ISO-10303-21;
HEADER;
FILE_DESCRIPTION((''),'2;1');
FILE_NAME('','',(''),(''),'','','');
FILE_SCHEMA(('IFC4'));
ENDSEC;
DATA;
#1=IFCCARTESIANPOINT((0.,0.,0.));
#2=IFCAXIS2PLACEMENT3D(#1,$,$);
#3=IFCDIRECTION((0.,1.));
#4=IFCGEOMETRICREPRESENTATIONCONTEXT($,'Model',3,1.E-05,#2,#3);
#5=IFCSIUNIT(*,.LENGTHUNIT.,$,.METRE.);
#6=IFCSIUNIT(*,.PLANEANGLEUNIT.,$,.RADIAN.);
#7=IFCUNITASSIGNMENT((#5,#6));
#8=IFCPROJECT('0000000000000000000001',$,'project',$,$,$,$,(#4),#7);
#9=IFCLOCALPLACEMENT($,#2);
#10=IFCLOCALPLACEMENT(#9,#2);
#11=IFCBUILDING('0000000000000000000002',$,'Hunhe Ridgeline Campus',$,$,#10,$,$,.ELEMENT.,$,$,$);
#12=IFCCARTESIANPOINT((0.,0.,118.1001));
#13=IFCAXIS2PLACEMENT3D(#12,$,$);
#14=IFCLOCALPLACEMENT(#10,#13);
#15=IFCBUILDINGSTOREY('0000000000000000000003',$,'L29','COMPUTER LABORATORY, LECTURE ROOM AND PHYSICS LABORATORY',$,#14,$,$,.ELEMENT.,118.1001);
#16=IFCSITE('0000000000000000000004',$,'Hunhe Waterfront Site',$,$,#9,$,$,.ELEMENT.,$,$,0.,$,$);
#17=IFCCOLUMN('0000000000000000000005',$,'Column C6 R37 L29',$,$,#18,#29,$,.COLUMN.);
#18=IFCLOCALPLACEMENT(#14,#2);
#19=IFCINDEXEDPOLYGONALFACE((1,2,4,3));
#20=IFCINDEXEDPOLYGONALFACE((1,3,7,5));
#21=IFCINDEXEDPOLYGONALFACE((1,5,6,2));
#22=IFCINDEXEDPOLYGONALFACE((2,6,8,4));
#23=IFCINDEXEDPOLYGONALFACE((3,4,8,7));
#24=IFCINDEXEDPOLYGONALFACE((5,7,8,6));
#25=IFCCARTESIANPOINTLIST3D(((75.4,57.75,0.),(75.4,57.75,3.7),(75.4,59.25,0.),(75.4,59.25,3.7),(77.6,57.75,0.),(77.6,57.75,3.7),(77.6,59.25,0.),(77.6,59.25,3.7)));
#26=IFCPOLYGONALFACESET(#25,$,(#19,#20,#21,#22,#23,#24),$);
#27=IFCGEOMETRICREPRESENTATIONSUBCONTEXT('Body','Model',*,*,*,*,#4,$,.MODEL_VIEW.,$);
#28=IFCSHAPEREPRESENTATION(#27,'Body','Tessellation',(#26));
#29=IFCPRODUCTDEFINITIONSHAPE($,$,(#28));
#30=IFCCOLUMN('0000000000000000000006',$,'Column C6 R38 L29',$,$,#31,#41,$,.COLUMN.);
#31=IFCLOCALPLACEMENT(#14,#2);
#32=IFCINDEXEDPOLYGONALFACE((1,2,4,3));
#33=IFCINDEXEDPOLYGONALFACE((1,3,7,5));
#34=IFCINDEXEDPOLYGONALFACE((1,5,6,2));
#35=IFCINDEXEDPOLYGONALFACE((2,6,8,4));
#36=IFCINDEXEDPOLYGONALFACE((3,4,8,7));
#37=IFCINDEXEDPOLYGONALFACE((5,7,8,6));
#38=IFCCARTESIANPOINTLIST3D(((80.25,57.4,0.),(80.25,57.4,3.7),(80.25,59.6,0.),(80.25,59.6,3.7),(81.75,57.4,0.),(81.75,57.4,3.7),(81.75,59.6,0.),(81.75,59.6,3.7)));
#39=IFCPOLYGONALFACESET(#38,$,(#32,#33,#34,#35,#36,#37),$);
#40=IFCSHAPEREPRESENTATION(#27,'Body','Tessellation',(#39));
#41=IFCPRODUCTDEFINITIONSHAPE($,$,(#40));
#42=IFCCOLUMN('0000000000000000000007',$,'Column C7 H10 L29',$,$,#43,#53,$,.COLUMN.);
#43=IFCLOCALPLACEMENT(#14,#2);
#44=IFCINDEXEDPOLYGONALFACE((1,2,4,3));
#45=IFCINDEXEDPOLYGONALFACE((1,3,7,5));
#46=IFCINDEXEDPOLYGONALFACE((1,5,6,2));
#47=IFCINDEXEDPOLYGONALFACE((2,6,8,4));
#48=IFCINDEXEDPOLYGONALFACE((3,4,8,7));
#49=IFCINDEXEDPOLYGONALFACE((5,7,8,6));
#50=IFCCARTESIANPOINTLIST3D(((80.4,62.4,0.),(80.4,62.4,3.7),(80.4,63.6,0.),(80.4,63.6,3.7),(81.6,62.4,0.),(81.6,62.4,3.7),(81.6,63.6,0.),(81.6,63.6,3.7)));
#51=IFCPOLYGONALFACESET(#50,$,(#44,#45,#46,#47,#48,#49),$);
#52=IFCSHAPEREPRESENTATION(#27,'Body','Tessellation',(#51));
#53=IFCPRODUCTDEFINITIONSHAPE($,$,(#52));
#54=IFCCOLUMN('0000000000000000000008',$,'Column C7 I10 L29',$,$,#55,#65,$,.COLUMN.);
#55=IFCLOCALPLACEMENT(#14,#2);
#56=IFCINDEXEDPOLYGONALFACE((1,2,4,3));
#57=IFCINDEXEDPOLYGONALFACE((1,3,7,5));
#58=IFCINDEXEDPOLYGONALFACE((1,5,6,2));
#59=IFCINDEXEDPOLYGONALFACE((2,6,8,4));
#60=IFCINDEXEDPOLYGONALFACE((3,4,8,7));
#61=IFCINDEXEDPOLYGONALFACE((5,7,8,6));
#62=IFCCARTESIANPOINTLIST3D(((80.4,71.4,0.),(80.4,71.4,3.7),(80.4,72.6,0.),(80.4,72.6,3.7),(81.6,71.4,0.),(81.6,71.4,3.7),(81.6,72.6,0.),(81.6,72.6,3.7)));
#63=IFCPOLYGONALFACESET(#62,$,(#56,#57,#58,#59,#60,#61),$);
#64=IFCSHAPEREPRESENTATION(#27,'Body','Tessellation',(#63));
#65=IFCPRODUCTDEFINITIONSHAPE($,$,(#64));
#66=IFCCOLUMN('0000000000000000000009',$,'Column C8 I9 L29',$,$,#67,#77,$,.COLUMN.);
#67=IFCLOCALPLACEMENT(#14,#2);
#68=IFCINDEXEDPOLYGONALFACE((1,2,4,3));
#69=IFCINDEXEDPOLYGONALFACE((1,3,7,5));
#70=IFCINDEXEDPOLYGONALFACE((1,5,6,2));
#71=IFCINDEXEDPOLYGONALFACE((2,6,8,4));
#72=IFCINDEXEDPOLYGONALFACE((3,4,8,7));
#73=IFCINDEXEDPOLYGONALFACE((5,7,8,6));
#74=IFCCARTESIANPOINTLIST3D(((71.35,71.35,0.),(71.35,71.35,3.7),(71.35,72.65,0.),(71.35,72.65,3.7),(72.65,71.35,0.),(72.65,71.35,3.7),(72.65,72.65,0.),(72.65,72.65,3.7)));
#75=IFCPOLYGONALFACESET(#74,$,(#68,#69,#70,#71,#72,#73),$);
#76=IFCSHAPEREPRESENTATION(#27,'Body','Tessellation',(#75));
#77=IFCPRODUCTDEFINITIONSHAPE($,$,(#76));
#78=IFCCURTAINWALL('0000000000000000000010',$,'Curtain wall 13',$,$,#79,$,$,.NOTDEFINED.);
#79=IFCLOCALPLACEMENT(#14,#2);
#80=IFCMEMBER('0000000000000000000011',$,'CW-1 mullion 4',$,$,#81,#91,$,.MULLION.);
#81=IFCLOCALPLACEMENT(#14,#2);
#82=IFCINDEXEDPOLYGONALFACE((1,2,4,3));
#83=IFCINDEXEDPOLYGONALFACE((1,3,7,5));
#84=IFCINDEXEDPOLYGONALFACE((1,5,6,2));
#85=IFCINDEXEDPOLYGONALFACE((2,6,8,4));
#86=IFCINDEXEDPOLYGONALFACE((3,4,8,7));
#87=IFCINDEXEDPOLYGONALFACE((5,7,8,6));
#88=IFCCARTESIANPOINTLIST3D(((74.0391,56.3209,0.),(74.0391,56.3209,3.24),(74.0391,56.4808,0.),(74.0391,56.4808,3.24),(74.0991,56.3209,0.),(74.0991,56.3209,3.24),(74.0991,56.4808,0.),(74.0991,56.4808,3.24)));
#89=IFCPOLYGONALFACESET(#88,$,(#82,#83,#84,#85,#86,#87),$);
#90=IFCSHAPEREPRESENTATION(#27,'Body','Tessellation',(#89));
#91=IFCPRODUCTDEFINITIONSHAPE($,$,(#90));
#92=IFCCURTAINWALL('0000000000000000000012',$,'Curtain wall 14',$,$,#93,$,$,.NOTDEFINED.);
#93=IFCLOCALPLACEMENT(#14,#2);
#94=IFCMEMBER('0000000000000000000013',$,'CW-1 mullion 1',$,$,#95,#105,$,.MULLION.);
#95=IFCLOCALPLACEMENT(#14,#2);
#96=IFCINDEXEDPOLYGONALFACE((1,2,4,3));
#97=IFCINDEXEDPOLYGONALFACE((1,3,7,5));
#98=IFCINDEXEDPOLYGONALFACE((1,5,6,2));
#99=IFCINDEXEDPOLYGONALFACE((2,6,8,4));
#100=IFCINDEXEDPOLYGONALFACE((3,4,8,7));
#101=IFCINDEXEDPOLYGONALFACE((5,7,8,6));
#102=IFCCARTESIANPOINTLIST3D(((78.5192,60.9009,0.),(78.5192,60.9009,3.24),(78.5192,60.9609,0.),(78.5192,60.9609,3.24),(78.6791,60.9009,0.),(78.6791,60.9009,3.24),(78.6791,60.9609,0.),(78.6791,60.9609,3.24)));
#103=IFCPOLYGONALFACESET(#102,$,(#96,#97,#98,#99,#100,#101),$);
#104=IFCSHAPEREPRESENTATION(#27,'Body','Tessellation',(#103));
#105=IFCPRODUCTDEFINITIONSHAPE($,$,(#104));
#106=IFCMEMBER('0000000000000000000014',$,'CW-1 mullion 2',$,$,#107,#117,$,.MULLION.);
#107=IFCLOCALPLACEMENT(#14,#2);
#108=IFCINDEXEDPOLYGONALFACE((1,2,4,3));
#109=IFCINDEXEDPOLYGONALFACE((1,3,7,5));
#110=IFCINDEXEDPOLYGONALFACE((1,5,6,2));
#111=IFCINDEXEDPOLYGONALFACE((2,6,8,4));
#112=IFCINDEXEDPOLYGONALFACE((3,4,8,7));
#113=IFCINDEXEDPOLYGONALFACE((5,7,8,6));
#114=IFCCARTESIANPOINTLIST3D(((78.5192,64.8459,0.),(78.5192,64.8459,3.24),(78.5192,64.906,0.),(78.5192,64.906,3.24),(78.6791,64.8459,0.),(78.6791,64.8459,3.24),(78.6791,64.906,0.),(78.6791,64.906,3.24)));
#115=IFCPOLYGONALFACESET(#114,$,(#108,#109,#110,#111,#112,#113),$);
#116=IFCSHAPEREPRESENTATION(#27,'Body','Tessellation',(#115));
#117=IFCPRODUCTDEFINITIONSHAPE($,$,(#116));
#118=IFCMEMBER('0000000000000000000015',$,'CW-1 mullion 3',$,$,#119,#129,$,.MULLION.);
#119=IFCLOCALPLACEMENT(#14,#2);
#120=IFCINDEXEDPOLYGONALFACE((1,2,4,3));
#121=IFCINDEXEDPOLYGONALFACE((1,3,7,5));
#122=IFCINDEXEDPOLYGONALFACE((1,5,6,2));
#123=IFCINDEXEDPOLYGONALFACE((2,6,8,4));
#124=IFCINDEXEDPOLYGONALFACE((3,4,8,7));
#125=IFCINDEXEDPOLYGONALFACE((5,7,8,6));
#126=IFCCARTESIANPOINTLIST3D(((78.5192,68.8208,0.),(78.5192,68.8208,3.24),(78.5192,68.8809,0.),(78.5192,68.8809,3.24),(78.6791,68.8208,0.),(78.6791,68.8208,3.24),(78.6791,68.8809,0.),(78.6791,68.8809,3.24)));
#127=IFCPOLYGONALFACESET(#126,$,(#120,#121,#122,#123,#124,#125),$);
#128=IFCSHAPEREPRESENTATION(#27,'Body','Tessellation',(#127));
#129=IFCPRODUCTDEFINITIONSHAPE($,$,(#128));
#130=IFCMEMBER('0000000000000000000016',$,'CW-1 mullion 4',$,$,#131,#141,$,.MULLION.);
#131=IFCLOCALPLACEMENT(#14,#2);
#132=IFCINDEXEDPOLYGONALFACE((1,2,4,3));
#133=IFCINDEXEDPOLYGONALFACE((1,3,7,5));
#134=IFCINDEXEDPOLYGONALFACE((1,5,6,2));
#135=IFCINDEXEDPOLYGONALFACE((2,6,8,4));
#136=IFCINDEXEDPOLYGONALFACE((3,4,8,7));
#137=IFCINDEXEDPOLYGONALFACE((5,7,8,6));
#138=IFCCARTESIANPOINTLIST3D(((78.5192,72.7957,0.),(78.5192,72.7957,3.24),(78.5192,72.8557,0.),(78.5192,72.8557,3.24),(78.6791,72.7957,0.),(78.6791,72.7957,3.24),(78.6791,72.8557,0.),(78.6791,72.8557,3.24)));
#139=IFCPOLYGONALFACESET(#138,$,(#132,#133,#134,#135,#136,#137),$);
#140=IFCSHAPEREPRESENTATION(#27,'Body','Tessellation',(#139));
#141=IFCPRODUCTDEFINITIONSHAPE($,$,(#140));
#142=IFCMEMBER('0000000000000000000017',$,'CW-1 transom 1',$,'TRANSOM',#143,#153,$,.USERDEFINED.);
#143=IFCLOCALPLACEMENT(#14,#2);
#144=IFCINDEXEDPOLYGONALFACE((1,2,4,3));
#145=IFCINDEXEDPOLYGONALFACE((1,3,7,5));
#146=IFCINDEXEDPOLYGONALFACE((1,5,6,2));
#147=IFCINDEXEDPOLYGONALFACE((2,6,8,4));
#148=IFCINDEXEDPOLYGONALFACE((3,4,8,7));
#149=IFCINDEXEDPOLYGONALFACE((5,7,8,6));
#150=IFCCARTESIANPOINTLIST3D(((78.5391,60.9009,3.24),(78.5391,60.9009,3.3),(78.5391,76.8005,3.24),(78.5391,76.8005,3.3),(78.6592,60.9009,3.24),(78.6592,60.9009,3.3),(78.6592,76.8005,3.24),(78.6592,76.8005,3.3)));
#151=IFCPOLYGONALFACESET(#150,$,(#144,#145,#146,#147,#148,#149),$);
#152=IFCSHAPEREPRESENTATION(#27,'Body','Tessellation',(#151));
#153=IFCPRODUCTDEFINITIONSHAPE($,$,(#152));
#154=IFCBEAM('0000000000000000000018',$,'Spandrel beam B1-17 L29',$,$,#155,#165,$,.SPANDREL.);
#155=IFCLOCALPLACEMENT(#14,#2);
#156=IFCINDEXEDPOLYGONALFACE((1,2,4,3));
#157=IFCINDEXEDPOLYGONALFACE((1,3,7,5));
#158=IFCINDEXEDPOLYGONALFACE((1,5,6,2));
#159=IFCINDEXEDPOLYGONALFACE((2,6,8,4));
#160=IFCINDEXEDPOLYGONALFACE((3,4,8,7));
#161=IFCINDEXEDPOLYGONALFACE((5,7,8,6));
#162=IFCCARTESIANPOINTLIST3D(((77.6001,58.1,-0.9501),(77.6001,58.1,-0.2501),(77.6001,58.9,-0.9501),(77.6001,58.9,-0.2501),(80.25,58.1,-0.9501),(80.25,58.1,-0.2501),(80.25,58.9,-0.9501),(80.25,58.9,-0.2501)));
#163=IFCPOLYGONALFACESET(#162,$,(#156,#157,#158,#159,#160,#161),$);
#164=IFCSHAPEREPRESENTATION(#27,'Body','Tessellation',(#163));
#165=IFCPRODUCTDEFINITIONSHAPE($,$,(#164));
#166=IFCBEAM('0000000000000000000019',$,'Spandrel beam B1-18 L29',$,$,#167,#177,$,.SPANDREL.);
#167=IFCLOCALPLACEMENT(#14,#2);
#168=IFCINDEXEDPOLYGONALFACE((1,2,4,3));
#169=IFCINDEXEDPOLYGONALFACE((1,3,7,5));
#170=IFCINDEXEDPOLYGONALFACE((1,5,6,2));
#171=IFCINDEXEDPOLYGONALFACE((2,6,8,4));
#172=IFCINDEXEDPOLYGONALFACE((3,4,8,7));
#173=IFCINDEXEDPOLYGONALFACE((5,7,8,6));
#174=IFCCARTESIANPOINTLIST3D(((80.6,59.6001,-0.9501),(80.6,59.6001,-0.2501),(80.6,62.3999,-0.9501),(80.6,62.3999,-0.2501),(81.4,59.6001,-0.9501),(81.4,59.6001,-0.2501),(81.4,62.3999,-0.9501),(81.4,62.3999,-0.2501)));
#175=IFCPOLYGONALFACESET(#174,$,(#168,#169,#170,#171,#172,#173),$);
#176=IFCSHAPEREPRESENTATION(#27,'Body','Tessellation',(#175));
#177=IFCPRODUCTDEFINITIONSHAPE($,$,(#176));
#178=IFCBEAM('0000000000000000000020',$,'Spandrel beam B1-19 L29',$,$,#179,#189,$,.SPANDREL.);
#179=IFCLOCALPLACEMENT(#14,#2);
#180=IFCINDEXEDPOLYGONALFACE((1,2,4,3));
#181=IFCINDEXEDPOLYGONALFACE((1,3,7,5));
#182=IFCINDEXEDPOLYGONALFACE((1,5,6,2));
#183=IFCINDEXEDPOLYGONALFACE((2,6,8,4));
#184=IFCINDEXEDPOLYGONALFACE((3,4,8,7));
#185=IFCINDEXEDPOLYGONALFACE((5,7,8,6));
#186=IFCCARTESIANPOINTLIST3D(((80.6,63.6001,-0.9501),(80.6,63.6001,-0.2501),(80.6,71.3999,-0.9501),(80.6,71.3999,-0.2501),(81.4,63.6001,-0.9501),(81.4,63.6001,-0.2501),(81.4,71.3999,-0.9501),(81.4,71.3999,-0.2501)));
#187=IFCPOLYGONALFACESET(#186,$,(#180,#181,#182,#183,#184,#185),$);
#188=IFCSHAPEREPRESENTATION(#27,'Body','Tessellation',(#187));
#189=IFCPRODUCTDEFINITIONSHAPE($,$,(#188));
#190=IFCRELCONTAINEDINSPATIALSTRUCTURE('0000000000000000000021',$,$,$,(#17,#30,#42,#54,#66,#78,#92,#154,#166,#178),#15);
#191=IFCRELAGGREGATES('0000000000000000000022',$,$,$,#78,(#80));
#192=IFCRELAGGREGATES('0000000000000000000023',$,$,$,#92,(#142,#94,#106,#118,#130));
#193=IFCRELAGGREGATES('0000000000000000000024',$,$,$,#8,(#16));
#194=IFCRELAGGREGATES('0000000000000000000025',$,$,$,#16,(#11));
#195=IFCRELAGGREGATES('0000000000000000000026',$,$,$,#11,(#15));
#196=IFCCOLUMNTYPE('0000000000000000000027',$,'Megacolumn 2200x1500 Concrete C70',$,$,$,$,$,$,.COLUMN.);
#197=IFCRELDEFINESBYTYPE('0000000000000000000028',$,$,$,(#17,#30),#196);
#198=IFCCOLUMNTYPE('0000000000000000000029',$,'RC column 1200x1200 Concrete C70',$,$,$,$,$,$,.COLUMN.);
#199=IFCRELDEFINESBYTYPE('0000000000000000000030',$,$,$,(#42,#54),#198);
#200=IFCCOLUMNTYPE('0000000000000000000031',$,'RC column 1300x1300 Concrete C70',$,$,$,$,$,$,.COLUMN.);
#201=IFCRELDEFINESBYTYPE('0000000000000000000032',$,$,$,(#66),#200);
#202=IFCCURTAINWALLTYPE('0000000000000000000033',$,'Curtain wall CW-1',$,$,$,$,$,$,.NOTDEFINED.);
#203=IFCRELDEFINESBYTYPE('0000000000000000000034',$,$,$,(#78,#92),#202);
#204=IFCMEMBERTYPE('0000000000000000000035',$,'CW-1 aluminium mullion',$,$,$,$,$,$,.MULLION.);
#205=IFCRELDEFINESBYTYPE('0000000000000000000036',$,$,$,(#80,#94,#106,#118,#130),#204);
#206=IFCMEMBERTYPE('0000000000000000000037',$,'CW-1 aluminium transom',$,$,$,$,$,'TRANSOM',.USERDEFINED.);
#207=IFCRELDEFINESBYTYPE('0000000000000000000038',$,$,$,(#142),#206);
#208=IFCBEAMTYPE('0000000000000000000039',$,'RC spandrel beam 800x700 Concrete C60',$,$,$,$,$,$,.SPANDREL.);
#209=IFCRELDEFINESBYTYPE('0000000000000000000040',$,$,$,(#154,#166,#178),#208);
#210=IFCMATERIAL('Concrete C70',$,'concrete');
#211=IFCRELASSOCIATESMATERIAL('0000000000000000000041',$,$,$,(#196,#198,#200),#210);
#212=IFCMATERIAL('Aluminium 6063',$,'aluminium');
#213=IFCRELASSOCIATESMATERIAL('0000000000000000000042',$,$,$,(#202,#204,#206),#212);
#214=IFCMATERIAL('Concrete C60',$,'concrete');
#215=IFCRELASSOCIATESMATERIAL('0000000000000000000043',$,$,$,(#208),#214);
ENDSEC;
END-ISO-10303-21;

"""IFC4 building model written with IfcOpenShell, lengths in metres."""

from ifc_helpers import new_model, si_unit, direction, frame, origin, origin_2d, place, context, subcontext, project, spatial, rectangle, extrude, material, material_profile, profile_set, type_object, element, aggregate, save


model = new_model("IFC4")

# Units and contexts
model_context = context("Model", 3, precision=1e-05, world=origin(), true_north=direction((0.0, 1.0)))
body_context = subcontext(model_context, "Body", "Model", "MODEL_VIEW")
ifc_project = project(units=[si_unit("LENGTHUNIT", "METRE"), si_unit("PLANEANGLEUNIT", "RADIAN")], contexts=[model_context])

# Site, building, storey
site_placement = place(None, origin())
site = spatial("IfcSite", under=ifc_project, at=site_placement, Name="Hunhe Waterfront Site", CompositionType="ELEMENT", RefElevation=0.0)
building_placement = place(site_placement, origin())
building = spatial("IfcBuilding", under=site, at=building_placement, Name="Hunhe Ridgeline Campus", CompositionType="ELEMENT")
storey_placement = place(building_placement, frame((0.0, 0.0, 118.1001)))
storey = spatial("IfcBuildingStorey", under=building, at=storey_placement, Name="L29", Description="COMPUTER LABORATORY, LECTURE ROOM AND PHYSICS LABORATORY", CompositionType="ELEMENT", Elevation=118.1001)

# Columns
ifc_material_1 = material(Name="Concrete C70", Category="concrete")
ifc_material_profile_1 = material_profile(ifc_material_1, rectangle(XDim=2.2, YDim=1.5, at=origin_2d()))
ifc_profile_set_1 = profile_set([ifc_material_profile_1], Name="Concrete C70")
column_type_1 = type_object("IfcColumnType", Name="Megacolumn 2200x1500 Concrete C70", PredefinedType="COLUMN", material=ifc_profile_set_1)
for number, where, z_axis, x_axis, name in (
    (1, (76.5, 58.5, 0.0), (0.0, 0.0, 1.0), (1.0, 0.0, 0.0), "Column C6 R37 L29"),
    (2, (81.0, 58.5, 0.0), (0.0, 0.0, 1.0), (0.0, 1.0, 0.0), "Column C6 R38 L29"),
):
    element("IfcColumn", number, at=place(storey_placement, frame(where, z_axis=z_axis, x_axis=x_axis)), inside=storey, type_object=column_type_1, Name=name, PredefinedType="COLUMN", context=body_context, shape_type="SweptSolid", body=[
        extrude(rectangle(XDim=2.2, YDim=1.5, at=origin_2d()), origin(), (0.0, 0.0, 1.0), 3.7),
    ])
ifc_material_profile_2 = material_profile(ifc_material_1, rectangle(XDim=1.2, YDim=1.2, at=origin_2d()))
ifc_profile_set_2 = profile_set([ifc_material_profile_2], Name="Concrete C70")
column_type_2 = type_object("IfcColumnType", Name="RC column 1200x1200 Concrete C70", PredefinedType="COLUMN", material=ifc_profile_set_2)
for number, where, z_axis, x_axis, name in (
    (3, (81.0, 63.0, 0.0), (0.0, 0.0, 1.0), (1.0, 0.0, 0.0), "Column C7 H10 L29"),
    (4, (81.0, 72.0, 0.0), (0.0, 0.0, 1.0), (1.0, 0.0, 0.0), "Column C7 I10 L29"),
):
    element("IfcColumn", number, at=place(storey_placement, frame(where, z_axis=z_axis, x_axis=x_axis)), inside=storey, type_object=column_type_2, Name=name, PredefinedType="COLUMN", context=body_context, shape_type="SweptSolid", body=[
        extrude(rectangle(XDim=1.2, YDim=1.2, at=origin_2d()), origin(), (0.0, 0.0, 1.0), 3.7),
    ])
ifc_material_profile_3 = material_profile(ifc_material_1, rectangle(XDim=1.3, YDim=1.3, at=origin_2d()))
ifc_profile_set_3 = profile_set([ifc_material_profile_3], Name="Concrete C70")
column_type_3 = type_object("IfcColumnType", Name="RC column 1300x1300 Concrete C70", PredefinedType="COLUMN", material=ifc_profile_set_3)
column_placement = place(storey_placement, frame((72.0, 72.0, 0.0), z_axis=(0.0, 0.0, 1.0), x_axis=(1.0, 0.0, 0.0)))
element("IfcColumn", 5, at=column_placement, inside=storey, type_object=column_type_3, Name="Column C8 I9 L29", PredefinedType="COLUMN", context=body_context, shape_type="SweptSolid", body=[
    extrude(rectangle(XDim=1.3, YDim=1.3, at=origin_2d()), origin(), (0.0, 0.0, 1.0), 3.7),
])

# Curtain wall, member
ifc_material_2 = material(Name="Aluminium 6063", Category="aluminium")
curtain_wall_type = type_object("IfcCurtainWallType", Name="Curtain wall CW-1", PredefinedType="NOTDEFINED", material=ifc_material_2)
curtain_wall_1_placement = place(storey_placement, origin())
curtain_wall_1 = element("IfcCurtainWall", 6, at=curtain_wall_1_placement, inside=storey, type_object=curtain_wall_type, Name="Curtain wall 13", PredefinedType="NOTDEFINED")
ifc_material_profile_4 = material_profile(ifc_material_2, rectangle(XDim=0.1599, YDim=0.0601, at=origin_2d()))
ifc_profile_set_4 = profile_set([ifc_material_profile_4], Name="Aluminium 6063")
member_type_1 = type_object("IfcMemberType", Name="CW-1 aluminium mullion", PredefinedType="MULLION", material=ifc_profile_set_4)
member_1_placement = place(storey_placement, frame((74.0691, 56.4009, 0.0), z_axis=(0.0, 0.0, 1.0), x_axis=(0.0, 1.0, 0.0)))
member_1 = element("IfcMember", 7, at=member_1_placement, type_object=member_type_1, Name="CW-1 mullion 4", PredefinedType="MULLION", context=body_context, shape_type="SweptSolid", body=[
    extrude(rectangle(XDim=0.1599, YDim=0.0601, at=origin_2d()), origin(), (0.0, 0.0, 1.0), 3.24),
])
aggregate(curtain_wall_1, [member_1])

# Curtain wall, members
curtain_wall_2_placement = place(storey_placement, origin())
curtain_wall_2 = element("IfcCurtainWall", 8, at=curtain_wall_2_placement, inside=storey, type_object=curtain_wall_type, Name="Curtain wall 14", PredefinedType="NOTDEFINED")
member_2_placement = place(storey_placement, frame((78.5991, 60.9309, 0.0), z_axis=(0.0, 0.0, 1.0), x_axis=(-1.0, 0.0, 0.0)))
member_2 = element("IfcMember", 9, at=member_2_placement, type_object=member_type_1, Name="CW-1 mullion 1", PredefinedType="MULLION", context=body_context, shape_type="SweptSolid", body=[
    extrude(rectangle(XDim=0.1599, YDim=0.0601, at=origin_2d()), origin(), (0.0, 0.0, 1.0), 3.24),
])
member_3_placement = place(storey_placement, frame((78.5991, 64.876, 0.0), z_axis=(0.0, 0.0, 1.0), x_axis=(-1.0, 0.0, 0.0)))
member_3 = element("IfcMember", 10, at=member_3_placement, type_object=member_type_1, Name="CW-1 mullion 2", PredefinedType="MULLION", context=body_context, shape_type="SweptSolid", body=[
    extrude(rectangle(XDim=0.1599, YDim=0.0601, at=origin_2d()), origin(), (0.0, 0.0, 1.0), 3.24),
])
member_4_placement = place(storey_placement, frame((78.5991, 68.8508, 0.0), z_axis=(0.0, 0.0, 1.0), x_axis=(-1.0, 0.0, 0.0)))
member_4 = element("IfcMember", 11, at=member_4_placement, type_object=member_type_1, Name="CW-1 mullion 3", PredefinedType="MULLION", context=body_context, shape_type="SweptSolid", body=[
    extrude(rectangle(XDim=0.1599, YDim=0.0601, at=origin_2d()), origin(), (0.0, 0.0, 1.0), 3.24),
])
member_5_placement = place(storey_placement, frame((78.5991, 72.8257, 0.0), z_axis=(0.0, 0.0, 1.0), x_axis=(-1.0, 0.0, 0.0)))
member_5 = element("IfcMember", 12, at=member_5_placement, type_object=member_type_1, Name="CW-1 mullion 4", PredefinedType="MULLION", context=body_context, shape_type="SweptSolid", body=[
    extrude(rectangle(XDim=0.1599, YDim=0.0601, at=origin_2d()), origin(), (0.0, 0.0, 1.0), 3.24),
])
ifc_material_profile_5 = material_profile(ifc_material_2, rectangle(XDim=0.1201, YDim=0.0601, at=origin_2d()))
ifc_profile_set_5 = profile_set([ifc_material_profile_5], Name="Aluminium 6063")
member_type_2 = type_object("IfcMemberType", Name="CW-1 aluminium transom", ElementType="TRANSOM", PredefinedType="USERDEFINED", material=ifc_profile_set_5)
member_6_placement = place(storey_placement, frame((78.5991, 60.9009, 3.27), z_axis=(0.0, 1.0, 0.0), x_axis=(-1.0, 0.0, 0.0)))
member_6 = element("IfcMember", 13, at=member_6_placement, type_object=member_type_2, Name="CW-1 transom 1", ObjectType="TRANSOM", PredefinedType="USERDEFINED", context=body_context, shape_type="SweptSolid", body=[
    extrude(rectangle(XDim=0.1201, YDim=0.0601, at=origin_2d()), origin(), (0.0, 0.0, 1.0), 15.8997),
])

# Beams
ifc_material_3 = material(Name="Concrete C60", Category="concrete")
ifc_material_profile_6 = material_profile(ifc_material_3, rectangle(XDim=0.8, YDim=0.7, at=origin_2d()))
ifc_profile_set_6 = profile_set([ifc_material_profile_6], Name="Concrete C60")
beam_type = type_object("IfcBeamType", Name="RC spandrel beam 800x700 Concrete C60", PredefinedType="SPANDREL", material=ifc_profile_set_6)
beam_1_placement = place(storey_placement, frame((77.6001, 58.5, -0.6001), z_axis=(1.0, 0.0, 0.0), x_axis=(0.0, 1.0, 0.0)))
element("IfcBeam", 14, at=beam_1_placement, inside=storey, type_object=beam_type, Name="Spandrel beam B1-17 L29", PredefinedType="SPANDREL", context=body_context, shape_type="SweptSolid", body=[
    extrude(rectangle(XDim=0.8, YDim=0.7, at=origin_2d()), origin(), (0.0, 0.0, 1.0), 2.6499),
])
beam_2_placement = place(storey_placement, frame((81.0, 59.6001, -0.6001), z_axis=(0.0, 1.0, 0.0), x_axis=(-1.0, 0.0, 0.0)))
element("IfcBeam", 15, at=beam_2_placement, inside=storey, type_object=beam_type, Name="Spandrel beam B1-18 L29", PredefinedType="SPANDREL", context=body_context, shape_type="SweptSolid", body=[
    extrude(rectangle(XDim=0.8, YDim=0.7, at=origin_2d()), origin(), (0.0, 0.0, 1.0), 2.7998),
])
for number, where, z_axis, x_axis, name in (
    (16, (81.0, 63.6001, -0.6001), (0.0, 1.0, 0.0), (-1.0, 0.0, 0.0), "Spandrel beam B1-19 L29"),
):
    element("IfcBeam", number, at=place(storey_placement, frame(where, z_axis=z_axis, x_axis=x_axis)), inside=storey, type_object=beam_type, Name=name, PredefinedType="SPANDREL", context=body_context, shape_type="SweptSolid", body=[
        extrude(rectangle(XDim=0.8, YDim=0.7, at=origin_2d()), origin(), (0.0, 0.0, 1.0), 7.7998),
    ])

aggregate(curtain_wall_2, [member_6, member_2, member_3, member_4, member_5])

save(model, "model.ifc")
